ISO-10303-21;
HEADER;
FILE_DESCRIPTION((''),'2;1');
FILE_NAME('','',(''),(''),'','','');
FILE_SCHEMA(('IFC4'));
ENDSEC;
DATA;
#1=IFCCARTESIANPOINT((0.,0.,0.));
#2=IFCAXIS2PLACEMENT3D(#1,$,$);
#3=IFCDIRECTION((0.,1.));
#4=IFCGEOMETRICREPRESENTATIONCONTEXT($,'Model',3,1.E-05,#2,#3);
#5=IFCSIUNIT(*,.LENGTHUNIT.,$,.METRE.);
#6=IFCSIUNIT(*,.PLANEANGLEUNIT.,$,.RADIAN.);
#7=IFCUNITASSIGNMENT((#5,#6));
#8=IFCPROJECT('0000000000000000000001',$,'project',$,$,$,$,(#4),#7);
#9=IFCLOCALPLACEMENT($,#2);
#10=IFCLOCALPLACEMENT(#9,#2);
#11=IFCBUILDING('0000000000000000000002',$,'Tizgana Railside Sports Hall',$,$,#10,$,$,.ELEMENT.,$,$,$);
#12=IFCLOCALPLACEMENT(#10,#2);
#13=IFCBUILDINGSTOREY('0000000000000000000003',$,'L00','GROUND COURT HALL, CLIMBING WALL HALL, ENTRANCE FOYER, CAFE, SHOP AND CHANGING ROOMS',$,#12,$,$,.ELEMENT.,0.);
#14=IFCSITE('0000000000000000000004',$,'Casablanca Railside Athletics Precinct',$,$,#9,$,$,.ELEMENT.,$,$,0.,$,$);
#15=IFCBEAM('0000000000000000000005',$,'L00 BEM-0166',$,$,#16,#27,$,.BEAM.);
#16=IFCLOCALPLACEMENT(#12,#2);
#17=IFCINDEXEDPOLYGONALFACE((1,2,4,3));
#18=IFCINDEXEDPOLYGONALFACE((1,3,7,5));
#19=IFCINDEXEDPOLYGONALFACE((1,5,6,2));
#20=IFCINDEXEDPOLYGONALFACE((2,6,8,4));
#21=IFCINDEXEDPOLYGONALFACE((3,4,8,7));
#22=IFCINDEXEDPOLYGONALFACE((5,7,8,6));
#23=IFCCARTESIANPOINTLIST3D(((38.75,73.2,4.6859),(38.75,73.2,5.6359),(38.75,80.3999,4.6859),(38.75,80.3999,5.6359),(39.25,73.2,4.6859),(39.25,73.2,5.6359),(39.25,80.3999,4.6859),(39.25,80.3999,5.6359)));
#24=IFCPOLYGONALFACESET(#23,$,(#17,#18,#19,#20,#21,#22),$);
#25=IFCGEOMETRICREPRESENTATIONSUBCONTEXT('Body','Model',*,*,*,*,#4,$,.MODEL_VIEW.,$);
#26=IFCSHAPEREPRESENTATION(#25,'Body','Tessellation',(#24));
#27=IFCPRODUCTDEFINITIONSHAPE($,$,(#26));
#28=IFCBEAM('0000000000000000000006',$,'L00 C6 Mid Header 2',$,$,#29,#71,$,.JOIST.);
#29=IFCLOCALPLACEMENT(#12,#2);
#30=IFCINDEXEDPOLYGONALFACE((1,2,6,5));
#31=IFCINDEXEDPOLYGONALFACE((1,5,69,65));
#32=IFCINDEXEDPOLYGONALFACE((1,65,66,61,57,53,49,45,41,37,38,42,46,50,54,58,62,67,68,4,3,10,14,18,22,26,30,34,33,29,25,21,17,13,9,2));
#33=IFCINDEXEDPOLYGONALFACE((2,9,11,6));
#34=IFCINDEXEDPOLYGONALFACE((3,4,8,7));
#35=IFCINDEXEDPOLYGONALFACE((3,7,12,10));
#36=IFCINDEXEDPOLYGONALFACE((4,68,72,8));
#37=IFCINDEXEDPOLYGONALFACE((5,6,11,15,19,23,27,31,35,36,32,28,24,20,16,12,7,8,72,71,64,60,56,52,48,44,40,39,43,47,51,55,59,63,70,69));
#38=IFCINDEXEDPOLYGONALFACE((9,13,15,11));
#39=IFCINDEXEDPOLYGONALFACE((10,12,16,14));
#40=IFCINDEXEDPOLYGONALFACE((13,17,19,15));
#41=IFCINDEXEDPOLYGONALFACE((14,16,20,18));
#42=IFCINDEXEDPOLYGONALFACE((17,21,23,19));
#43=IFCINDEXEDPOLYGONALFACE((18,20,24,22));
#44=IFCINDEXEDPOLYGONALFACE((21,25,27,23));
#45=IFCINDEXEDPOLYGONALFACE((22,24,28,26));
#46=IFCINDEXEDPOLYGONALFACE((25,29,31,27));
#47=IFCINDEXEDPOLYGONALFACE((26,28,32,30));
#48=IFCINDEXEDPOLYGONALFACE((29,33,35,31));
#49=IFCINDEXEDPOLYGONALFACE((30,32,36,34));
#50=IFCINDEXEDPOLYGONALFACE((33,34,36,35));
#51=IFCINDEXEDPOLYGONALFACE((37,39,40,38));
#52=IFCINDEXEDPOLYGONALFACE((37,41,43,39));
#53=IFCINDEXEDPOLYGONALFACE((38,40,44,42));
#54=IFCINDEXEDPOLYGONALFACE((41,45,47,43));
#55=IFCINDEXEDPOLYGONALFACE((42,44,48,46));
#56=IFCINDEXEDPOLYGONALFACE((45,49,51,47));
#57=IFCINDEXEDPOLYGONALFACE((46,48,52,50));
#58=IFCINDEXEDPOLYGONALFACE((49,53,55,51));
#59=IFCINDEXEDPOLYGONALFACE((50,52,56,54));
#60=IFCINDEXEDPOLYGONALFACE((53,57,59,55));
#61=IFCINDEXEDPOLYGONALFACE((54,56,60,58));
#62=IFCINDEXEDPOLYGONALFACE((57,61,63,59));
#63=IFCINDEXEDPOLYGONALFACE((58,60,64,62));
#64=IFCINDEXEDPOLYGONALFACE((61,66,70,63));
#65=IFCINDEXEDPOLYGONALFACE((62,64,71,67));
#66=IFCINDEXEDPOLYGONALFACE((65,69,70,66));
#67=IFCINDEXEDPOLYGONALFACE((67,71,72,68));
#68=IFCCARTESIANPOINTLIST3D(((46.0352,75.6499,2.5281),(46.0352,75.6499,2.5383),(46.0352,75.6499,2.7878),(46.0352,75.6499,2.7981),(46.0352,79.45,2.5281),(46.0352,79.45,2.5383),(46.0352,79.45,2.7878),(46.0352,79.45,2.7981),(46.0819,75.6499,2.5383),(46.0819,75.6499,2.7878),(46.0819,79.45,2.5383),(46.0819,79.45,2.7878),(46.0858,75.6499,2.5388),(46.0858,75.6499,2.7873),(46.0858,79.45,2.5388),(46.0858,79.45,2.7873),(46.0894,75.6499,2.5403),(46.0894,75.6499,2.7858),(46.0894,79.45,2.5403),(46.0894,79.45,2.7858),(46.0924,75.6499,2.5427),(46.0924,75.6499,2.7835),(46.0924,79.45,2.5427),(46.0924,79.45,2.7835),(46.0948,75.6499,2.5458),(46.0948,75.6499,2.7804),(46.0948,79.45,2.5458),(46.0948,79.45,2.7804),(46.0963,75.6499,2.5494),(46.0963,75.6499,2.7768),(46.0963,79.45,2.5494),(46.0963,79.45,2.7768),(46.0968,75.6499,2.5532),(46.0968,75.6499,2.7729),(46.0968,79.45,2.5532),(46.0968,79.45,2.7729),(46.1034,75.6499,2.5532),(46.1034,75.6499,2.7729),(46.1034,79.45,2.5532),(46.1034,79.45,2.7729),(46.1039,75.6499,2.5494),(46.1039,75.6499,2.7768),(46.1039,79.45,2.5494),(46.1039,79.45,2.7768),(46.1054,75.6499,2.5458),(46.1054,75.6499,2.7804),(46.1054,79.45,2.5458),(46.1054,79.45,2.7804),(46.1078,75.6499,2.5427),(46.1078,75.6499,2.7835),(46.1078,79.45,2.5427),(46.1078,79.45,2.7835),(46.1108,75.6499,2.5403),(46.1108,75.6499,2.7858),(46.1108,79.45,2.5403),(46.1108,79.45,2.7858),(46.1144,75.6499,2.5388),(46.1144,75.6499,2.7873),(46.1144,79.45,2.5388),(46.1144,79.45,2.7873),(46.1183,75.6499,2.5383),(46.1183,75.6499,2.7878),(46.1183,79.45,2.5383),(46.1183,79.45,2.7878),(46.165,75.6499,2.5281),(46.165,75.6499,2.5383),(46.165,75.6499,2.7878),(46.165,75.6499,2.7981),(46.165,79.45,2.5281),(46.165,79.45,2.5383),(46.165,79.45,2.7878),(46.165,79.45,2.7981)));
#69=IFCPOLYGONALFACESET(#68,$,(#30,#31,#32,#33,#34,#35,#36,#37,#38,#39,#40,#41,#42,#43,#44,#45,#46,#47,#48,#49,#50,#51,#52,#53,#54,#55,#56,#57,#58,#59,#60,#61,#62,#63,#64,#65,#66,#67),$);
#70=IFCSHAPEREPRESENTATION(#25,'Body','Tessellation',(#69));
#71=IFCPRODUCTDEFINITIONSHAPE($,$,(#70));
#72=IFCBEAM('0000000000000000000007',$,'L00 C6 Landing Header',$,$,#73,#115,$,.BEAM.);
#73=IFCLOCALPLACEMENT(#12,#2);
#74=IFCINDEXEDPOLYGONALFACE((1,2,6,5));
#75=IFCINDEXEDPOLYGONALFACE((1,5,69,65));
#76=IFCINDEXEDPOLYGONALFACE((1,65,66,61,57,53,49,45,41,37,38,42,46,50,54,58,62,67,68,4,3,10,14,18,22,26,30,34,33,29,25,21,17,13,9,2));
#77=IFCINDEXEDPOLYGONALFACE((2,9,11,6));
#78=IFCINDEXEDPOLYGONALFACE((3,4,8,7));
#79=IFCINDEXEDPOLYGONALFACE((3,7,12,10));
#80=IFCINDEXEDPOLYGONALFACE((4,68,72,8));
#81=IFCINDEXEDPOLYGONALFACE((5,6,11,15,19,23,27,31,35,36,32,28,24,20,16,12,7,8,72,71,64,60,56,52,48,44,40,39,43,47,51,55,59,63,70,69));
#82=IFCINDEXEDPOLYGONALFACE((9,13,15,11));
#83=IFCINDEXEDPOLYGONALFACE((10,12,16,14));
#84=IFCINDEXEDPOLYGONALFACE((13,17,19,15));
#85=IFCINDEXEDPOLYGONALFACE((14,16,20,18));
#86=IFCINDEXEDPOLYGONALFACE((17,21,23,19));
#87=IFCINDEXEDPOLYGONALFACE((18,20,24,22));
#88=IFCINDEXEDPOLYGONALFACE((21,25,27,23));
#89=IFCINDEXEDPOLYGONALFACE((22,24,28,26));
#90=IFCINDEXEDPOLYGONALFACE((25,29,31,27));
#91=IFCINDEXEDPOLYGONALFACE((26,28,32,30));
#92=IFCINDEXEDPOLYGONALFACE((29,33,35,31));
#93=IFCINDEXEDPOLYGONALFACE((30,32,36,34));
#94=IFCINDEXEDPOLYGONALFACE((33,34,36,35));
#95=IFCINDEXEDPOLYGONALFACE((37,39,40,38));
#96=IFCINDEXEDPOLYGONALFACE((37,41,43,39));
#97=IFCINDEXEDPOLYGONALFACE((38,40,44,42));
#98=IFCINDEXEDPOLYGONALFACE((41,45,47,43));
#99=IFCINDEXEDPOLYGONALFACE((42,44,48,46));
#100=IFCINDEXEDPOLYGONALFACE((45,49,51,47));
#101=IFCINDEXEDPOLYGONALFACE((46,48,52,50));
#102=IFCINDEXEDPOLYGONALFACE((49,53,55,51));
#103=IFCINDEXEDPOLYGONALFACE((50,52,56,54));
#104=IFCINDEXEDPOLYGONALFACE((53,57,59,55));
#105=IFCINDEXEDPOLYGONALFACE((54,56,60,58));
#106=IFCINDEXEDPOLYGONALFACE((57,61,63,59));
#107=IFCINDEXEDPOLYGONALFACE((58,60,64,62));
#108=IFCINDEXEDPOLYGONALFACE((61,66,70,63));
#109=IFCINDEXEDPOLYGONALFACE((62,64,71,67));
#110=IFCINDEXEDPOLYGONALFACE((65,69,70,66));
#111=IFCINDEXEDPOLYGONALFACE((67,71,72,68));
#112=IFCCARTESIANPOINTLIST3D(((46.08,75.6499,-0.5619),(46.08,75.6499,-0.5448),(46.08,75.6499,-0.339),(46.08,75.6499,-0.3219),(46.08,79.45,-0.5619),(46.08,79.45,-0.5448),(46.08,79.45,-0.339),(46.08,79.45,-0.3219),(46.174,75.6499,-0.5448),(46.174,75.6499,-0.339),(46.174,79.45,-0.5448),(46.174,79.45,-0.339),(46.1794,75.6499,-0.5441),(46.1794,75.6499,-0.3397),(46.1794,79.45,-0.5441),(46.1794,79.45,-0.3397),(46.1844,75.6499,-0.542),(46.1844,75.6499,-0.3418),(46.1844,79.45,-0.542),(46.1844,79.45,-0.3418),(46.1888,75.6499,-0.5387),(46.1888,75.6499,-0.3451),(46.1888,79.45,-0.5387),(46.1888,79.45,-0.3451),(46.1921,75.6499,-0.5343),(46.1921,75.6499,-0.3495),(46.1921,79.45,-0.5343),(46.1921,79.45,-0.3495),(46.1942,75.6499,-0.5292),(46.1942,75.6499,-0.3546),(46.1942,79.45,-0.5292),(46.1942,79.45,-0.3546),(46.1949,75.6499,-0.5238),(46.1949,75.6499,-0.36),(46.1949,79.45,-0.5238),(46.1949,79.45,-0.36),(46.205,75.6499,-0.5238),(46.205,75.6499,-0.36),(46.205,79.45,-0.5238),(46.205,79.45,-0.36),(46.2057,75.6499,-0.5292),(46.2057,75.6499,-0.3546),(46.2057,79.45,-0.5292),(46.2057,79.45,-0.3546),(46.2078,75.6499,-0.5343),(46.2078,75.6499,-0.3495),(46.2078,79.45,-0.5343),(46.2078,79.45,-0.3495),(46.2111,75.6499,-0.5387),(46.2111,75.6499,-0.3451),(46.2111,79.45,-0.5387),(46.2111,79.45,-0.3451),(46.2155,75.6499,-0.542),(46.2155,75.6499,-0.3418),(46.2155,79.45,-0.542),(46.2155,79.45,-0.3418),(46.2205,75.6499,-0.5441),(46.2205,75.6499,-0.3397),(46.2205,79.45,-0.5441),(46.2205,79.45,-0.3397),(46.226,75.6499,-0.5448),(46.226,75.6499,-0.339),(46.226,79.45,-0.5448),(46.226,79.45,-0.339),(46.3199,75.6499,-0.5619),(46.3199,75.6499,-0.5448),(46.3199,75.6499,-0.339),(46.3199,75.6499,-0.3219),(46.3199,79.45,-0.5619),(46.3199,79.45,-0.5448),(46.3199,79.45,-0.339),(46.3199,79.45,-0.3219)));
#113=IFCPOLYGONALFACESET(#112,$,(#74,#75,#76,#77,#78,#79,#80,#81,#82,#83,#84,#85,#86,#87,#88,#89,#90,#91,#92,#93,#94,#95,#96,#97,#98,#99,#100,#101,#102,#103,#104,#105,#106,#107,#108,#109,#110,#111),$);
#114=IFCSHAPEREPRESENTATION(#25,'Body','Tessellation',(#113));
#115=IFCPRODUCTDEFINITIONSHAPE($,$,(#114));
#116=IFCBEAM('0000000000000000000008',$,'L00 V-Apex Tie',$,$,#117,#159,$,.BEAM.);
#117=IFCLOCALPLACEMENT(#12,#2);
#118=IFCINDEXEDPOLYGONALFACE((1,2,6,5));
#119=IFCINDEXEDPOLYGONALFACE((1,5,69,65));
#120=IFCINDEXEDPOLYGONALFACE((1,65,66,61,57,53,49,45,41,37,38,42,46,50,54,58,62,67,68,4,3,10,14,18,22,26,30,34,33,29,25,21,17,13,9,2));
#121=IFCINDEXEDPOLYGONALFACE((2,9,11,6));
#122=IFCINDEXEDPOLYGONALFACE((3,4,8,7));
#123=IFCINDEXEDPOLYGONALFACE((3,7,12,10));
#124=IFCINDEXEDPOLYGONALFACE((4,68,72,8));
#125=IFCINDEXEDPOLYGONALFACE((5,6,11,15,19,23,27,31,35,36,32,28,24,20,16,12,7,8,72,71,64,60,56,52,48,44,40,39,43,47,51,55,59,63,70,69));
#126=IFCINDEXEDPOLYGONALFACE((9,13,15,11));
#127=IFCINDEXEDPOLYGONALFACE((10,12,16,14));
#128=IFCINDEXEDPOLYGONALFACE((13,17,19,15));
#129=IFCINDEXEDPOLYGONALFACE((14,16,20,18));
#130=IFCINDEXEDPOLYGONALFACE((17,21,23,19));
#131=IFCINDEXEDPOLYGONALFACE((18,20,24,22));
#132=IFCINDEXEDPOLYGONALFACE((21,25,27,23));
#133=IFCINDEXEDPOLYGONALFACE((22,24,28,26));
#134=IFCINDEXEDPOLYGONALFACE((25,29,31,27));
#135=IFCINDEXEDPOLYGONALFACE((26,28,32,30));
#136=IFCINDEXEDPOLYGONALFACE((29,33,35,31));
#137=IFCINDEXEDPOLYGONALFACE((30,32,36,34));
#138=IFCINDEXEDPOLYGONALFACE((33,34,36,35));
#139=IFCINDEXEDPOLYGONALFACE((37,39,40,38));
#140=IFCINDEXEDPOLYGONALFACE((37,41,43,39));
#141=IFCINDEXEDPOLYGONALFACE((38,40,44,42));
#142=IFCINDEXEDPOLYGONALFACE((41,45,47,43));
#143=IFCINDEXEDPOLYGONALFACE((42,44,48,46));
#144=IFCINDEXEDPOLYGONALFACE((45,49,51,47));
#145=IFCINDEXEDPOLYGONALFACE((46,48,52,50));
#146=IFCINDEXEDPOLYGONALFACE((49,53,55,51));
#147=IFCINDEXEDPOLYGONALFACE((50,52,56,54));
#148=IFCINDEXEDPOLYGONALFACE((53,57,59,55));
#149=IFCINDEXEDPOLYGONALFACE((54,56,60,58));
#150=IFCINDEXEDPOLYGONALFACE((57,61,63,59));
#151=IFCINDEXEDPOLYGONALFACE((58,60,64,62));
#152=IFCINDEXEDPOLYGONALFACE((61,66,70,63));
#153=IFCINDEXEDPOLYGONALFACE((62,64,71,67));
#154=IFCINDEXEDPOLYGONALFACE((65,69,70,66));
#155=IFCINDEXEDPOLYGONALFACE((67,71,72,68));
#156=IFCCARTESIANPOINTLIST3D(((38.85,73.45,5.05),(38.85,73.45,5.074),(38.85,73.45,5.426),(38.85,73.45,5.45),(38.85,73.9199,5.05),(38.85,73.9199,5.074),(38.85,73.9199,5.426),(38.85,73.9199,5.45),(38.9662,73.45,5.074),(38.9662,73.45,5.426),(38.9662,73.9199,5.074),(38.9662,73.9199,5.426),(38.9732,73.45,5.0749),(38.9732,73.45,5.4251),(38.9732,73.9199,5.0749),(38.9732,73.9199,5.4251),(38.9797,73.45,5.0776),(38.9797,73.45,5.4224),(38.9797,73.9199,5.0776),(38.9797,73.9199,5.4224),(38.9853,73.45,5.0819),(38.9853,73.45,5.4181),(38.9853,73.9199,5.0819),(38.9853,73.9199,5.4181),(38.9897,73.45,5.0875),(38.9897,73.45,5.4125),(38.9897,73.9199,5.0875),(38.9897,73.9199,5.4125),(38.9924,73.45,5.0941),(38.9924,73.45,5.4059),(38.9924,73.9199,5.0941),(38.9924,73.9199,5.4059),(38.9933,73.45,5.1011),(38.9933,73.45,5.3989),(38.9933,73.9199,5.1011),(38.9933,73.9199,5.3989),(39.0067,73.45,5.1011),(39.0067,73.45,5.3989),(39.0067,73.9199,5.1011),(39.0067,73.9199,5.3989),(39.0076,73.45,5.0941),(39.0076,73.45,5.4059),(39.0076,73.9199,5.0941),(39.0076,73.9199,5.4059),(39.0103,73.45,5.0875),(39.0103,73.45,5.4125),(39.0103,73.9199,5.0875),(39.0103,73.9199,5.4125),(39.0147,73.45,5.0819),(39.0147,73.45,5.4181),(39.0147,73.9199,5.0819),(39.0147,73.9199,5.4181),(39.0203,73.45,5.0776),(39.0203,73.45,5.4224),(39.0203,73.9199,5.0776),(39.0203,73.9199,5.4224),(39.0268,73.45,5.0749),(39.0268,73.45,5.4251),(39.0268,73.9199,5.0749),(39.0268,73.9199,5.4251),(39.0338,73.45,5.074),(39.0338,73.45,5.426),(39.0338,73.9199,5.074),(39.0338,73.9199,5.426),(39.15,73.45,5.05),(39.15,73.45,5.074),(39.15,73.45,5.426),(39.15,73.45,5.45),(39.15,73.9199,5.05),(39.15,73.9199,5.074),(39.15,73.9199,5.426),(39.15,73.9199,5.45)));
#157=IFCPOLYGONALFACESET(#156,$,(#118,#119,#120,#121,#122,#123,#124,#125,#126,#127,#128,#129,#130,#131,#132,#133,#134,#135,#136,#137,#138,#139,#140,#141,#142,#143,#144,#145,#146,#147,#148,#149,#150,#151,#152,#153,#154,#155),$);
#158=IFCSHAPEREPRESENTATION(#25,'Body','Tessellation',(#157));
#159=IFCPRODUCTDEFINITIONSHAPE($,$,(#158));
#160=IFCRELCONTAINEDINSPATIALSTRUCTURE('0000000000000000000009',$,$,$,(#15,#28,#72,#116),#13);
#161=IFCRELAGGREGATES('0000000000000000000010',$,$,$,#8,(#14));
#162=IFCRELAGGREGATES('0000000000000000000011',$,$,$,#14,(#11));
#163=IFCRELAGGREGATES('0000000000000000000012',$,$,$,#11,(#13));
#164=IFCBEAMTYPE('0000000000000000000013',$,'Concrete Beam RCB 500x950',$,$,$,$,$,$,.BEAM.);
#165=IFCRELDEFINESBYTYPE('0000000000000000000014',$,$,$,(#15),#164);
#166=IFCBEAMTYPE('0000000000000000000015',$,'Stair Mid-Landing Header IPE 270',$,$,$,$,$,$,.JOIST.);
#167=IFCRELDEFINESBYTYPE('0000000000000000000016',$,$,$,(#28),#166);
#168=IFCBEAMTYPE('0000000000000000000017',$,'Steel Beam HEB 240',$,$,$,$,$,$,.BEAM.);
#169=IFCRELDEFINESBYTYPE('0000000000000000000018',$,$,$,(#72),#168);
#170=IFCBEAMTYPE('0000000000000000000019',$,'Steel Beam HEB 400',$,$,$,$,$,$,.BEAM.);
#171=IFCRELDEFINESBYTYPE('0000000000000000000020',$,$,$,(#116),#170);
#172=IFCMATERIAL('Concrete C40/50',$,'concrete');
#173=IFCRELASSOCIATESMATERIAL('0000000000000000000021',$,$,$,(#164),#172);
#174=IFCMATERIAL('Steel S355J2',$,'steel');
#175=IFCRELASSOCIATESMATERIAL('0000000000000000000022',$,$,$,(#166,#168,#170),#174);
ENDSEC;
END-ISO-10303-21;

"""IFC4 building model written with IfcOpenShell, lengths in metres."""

from ifc_helpers import new_model, si_unit, direction, frame, origin, origin_2d, place, context, subcontext, project, spatial, rectangle, i_section, extrude, material, material_profile, profile_set, type_object, element, save


model = new_model("IFC4")

# Units and contexts
model_context = context("Model", 3, precision=1e-05, world=origin(), true_north=direction((0.0, 1.0)))
body_context = subcontext(model_context, "Body", "Model", "MODEL_VIEW")
ifc_project = project(units=[si_unit("LENGTHUNIT", "METRE"), si_unit("PLANEANGLEUNIT", "RADIAN")], contexts=[model_context])

# Site, building, storey
site_placement = place(None, origin())
site = spatial("IfcSite", under=ifc_project, at=site_placement, Name="Casablanca Railside Athletics Precinct", CompositionType="ELEMENT", RefElevation=0.0)
building_placement = place(site_placement, origin())
building = spatial("IfcBuilding", under=site, at=building_placement, Name="Tizgana Railside Sports Hall", CompositionType="ELEMENT")
storey_placement = place(building_placement, origin())
storey = spatial("IfcBuildingStorey", under=building, at=storey_placement, Name="L00", Description="GROUND COURT HALL, CLIMBING WALL HALL, ENTRANCE FOYER, CAFE, SHOP AND CHANGING ROOMS", CompositionType="ELEMENT", Elevation=0.0)

# Shared definitions
ifc_material_1 = material(Name="Concrete C40/50", Category="concrete")
ifc_material_2 = material(Name="Steel S355J2", Category="steel")

# Beams
ifc_material_profile_1 = material_profile(ifc_material_1, rectangle(XDim=0.5, YDim=0.95, at=origin_2d()), Name="RCB 500x950")
ifc_profile_set_1 = profile_set([ifc_material_profile_1], Name="Concrete C40/50")
beam_type_1 = type_object("IfcBeamType", Name="Concrete Beam RCB 500x950", PredefinedType="BEAM", material=ifc_profile_set_1)
beam_1_placement = place(storey_placement, frame((39.0, 73.2, 5.1609), z_axis=(0.0, 1.0, 0.0), x_axis=(-1.0, 0.0, 0.0)))
element("IfcBeam", 1, at=beam_1_placement, inside=storey, type_object=beam_type_1, Name="L00 BEM-0166", PredefinedType="BEAM", context=body_context, shape_type="SweptSolid", body=[
    extrude(rectangle(XDim=0.5, YDim=0.95, at=origin_2d()), origin(), (0.0, 0.0, 1.0), 7.2),
])
ifc_material_profile_2 = material_profile(ifc_material_2, i_section(OverallWidth=0.1299, OverallDepth=0.27, WebThickness=0.0066, FlangeThickness=0.0103, FilletRadius=0.0149, at=origin_2d()), Name="IPE 270")
ifc_profile_set_2 = profile_set([ifc_material_profile_2], Name="Steel S355J2")
beam_type_2 = type_object("IfcBeamType", Name="Stair Mid-Landing Header IPE 270", PredefinedType="JOIST", material=ifc_profile_set_2)
beam_2_placement = place(storey_placement, frame((46.1001, 75.6499, 2.6631), z_axis=(0.0, 1.0, 0.0), x_axis=(-1.0, 0.0, 0.0)))
element("IfcBeam", 2, at=beam_2_placement, inside=storey, type_object=beam_type_2, Name="L00 C6 Mid Header 2", PredefinedType="JOIST", context=body_context, shape_type="SweptSolid", body=[
    extrude(i_section(OverallWidth=0.1299, OverallDepth=0.27, WebThickness=0.0066, FlangeThickness=0.0103, FilletRadius=0.0149, at=origin_2d()), origin(), (0.0, 0.0, 1.0), 3.8),
])
ifc_material_profile_3 = material_profile(ifc_material_2, i_section(OverallWidth=0.24, OverallDepth=0.24, WebThickness=0.01, FlangeThickness=0.0171, FilletRadius=0.021, at=origin_2d()), Name="HEB 240")
ifc_profile_set_3 = profile_set([ifc_material_profile_3], Name="Steel S355J2")
beam_type_3 = type_object("IfcBeamType", Name="Steel Beam HEB 240", PredefinedType="BEAM", material=ifc_profile_set_3)
beam_3_placement = place(storey_placement, frame((46.2, 75.6499, -0.4419), z_axis=(0.0, 1.0, 0.0), x_axis=(-1.0, 0.0, 0.0)))
element("IfcBeam", 3, at=beam_3_placement, inside=storey, type_object=beam_type_3, Name="L00 C6 Landing Header", PredefinedType="BEAM", context=body_context, shape_type="SweptSolid", body=[
    extrude(i_section(OverallWidth=0.24, OverallDepth=0.24, WebThickness=0.01, FlangeThickness=0.0171, FilletRadius=0.021, at=origin_2d()), origin(), (0.0, 0.0, 1.0), 3.8),
])
ifc_material_profile_4 = material_profile(ifc_material_2, i_section(OverallWidth=0.3, OverallDepth=0.3999, WebThickness=0.0134, FlangeThickness=0.0239, FilletRadius=0.0271, at=origin_2d()), Name="HEB 400")
ifc_profile_set_4 = profile_set([ifc_material_profile_4], Name="Steel S355J2")
beam_type_4 = type_object("IfcBeamType", Name="Steel Beam HEB 400", PredefinedType="BEAM", material=ifc_profile_set_4)
beam_4_placement = place(storey_placement, frame((39.0, 73.9199, 5.25), z_axis=(0.0, -1.0, 0.0), x_axis=(1.0, 0.0, 0.0)))
element("IfcBeam", 4, at=beam_4_placement, inside=storey, type_object=beam_type_4, Name="L00 V-Apex Tie", PredefinedType="BEAM", context=body_context, shape_type="SweptSolid", body=[
    extrude(i_section(OverallWidth=0.3, OverallDepth=0.3999, WebThickness=0.0134, FlangeThickness=0.0239, FilletRadius=0.0271, at=origin_2d()), origin(), (0.0, 0.0, 1.0), 0.47),
])

save(model, "model.ifc")
